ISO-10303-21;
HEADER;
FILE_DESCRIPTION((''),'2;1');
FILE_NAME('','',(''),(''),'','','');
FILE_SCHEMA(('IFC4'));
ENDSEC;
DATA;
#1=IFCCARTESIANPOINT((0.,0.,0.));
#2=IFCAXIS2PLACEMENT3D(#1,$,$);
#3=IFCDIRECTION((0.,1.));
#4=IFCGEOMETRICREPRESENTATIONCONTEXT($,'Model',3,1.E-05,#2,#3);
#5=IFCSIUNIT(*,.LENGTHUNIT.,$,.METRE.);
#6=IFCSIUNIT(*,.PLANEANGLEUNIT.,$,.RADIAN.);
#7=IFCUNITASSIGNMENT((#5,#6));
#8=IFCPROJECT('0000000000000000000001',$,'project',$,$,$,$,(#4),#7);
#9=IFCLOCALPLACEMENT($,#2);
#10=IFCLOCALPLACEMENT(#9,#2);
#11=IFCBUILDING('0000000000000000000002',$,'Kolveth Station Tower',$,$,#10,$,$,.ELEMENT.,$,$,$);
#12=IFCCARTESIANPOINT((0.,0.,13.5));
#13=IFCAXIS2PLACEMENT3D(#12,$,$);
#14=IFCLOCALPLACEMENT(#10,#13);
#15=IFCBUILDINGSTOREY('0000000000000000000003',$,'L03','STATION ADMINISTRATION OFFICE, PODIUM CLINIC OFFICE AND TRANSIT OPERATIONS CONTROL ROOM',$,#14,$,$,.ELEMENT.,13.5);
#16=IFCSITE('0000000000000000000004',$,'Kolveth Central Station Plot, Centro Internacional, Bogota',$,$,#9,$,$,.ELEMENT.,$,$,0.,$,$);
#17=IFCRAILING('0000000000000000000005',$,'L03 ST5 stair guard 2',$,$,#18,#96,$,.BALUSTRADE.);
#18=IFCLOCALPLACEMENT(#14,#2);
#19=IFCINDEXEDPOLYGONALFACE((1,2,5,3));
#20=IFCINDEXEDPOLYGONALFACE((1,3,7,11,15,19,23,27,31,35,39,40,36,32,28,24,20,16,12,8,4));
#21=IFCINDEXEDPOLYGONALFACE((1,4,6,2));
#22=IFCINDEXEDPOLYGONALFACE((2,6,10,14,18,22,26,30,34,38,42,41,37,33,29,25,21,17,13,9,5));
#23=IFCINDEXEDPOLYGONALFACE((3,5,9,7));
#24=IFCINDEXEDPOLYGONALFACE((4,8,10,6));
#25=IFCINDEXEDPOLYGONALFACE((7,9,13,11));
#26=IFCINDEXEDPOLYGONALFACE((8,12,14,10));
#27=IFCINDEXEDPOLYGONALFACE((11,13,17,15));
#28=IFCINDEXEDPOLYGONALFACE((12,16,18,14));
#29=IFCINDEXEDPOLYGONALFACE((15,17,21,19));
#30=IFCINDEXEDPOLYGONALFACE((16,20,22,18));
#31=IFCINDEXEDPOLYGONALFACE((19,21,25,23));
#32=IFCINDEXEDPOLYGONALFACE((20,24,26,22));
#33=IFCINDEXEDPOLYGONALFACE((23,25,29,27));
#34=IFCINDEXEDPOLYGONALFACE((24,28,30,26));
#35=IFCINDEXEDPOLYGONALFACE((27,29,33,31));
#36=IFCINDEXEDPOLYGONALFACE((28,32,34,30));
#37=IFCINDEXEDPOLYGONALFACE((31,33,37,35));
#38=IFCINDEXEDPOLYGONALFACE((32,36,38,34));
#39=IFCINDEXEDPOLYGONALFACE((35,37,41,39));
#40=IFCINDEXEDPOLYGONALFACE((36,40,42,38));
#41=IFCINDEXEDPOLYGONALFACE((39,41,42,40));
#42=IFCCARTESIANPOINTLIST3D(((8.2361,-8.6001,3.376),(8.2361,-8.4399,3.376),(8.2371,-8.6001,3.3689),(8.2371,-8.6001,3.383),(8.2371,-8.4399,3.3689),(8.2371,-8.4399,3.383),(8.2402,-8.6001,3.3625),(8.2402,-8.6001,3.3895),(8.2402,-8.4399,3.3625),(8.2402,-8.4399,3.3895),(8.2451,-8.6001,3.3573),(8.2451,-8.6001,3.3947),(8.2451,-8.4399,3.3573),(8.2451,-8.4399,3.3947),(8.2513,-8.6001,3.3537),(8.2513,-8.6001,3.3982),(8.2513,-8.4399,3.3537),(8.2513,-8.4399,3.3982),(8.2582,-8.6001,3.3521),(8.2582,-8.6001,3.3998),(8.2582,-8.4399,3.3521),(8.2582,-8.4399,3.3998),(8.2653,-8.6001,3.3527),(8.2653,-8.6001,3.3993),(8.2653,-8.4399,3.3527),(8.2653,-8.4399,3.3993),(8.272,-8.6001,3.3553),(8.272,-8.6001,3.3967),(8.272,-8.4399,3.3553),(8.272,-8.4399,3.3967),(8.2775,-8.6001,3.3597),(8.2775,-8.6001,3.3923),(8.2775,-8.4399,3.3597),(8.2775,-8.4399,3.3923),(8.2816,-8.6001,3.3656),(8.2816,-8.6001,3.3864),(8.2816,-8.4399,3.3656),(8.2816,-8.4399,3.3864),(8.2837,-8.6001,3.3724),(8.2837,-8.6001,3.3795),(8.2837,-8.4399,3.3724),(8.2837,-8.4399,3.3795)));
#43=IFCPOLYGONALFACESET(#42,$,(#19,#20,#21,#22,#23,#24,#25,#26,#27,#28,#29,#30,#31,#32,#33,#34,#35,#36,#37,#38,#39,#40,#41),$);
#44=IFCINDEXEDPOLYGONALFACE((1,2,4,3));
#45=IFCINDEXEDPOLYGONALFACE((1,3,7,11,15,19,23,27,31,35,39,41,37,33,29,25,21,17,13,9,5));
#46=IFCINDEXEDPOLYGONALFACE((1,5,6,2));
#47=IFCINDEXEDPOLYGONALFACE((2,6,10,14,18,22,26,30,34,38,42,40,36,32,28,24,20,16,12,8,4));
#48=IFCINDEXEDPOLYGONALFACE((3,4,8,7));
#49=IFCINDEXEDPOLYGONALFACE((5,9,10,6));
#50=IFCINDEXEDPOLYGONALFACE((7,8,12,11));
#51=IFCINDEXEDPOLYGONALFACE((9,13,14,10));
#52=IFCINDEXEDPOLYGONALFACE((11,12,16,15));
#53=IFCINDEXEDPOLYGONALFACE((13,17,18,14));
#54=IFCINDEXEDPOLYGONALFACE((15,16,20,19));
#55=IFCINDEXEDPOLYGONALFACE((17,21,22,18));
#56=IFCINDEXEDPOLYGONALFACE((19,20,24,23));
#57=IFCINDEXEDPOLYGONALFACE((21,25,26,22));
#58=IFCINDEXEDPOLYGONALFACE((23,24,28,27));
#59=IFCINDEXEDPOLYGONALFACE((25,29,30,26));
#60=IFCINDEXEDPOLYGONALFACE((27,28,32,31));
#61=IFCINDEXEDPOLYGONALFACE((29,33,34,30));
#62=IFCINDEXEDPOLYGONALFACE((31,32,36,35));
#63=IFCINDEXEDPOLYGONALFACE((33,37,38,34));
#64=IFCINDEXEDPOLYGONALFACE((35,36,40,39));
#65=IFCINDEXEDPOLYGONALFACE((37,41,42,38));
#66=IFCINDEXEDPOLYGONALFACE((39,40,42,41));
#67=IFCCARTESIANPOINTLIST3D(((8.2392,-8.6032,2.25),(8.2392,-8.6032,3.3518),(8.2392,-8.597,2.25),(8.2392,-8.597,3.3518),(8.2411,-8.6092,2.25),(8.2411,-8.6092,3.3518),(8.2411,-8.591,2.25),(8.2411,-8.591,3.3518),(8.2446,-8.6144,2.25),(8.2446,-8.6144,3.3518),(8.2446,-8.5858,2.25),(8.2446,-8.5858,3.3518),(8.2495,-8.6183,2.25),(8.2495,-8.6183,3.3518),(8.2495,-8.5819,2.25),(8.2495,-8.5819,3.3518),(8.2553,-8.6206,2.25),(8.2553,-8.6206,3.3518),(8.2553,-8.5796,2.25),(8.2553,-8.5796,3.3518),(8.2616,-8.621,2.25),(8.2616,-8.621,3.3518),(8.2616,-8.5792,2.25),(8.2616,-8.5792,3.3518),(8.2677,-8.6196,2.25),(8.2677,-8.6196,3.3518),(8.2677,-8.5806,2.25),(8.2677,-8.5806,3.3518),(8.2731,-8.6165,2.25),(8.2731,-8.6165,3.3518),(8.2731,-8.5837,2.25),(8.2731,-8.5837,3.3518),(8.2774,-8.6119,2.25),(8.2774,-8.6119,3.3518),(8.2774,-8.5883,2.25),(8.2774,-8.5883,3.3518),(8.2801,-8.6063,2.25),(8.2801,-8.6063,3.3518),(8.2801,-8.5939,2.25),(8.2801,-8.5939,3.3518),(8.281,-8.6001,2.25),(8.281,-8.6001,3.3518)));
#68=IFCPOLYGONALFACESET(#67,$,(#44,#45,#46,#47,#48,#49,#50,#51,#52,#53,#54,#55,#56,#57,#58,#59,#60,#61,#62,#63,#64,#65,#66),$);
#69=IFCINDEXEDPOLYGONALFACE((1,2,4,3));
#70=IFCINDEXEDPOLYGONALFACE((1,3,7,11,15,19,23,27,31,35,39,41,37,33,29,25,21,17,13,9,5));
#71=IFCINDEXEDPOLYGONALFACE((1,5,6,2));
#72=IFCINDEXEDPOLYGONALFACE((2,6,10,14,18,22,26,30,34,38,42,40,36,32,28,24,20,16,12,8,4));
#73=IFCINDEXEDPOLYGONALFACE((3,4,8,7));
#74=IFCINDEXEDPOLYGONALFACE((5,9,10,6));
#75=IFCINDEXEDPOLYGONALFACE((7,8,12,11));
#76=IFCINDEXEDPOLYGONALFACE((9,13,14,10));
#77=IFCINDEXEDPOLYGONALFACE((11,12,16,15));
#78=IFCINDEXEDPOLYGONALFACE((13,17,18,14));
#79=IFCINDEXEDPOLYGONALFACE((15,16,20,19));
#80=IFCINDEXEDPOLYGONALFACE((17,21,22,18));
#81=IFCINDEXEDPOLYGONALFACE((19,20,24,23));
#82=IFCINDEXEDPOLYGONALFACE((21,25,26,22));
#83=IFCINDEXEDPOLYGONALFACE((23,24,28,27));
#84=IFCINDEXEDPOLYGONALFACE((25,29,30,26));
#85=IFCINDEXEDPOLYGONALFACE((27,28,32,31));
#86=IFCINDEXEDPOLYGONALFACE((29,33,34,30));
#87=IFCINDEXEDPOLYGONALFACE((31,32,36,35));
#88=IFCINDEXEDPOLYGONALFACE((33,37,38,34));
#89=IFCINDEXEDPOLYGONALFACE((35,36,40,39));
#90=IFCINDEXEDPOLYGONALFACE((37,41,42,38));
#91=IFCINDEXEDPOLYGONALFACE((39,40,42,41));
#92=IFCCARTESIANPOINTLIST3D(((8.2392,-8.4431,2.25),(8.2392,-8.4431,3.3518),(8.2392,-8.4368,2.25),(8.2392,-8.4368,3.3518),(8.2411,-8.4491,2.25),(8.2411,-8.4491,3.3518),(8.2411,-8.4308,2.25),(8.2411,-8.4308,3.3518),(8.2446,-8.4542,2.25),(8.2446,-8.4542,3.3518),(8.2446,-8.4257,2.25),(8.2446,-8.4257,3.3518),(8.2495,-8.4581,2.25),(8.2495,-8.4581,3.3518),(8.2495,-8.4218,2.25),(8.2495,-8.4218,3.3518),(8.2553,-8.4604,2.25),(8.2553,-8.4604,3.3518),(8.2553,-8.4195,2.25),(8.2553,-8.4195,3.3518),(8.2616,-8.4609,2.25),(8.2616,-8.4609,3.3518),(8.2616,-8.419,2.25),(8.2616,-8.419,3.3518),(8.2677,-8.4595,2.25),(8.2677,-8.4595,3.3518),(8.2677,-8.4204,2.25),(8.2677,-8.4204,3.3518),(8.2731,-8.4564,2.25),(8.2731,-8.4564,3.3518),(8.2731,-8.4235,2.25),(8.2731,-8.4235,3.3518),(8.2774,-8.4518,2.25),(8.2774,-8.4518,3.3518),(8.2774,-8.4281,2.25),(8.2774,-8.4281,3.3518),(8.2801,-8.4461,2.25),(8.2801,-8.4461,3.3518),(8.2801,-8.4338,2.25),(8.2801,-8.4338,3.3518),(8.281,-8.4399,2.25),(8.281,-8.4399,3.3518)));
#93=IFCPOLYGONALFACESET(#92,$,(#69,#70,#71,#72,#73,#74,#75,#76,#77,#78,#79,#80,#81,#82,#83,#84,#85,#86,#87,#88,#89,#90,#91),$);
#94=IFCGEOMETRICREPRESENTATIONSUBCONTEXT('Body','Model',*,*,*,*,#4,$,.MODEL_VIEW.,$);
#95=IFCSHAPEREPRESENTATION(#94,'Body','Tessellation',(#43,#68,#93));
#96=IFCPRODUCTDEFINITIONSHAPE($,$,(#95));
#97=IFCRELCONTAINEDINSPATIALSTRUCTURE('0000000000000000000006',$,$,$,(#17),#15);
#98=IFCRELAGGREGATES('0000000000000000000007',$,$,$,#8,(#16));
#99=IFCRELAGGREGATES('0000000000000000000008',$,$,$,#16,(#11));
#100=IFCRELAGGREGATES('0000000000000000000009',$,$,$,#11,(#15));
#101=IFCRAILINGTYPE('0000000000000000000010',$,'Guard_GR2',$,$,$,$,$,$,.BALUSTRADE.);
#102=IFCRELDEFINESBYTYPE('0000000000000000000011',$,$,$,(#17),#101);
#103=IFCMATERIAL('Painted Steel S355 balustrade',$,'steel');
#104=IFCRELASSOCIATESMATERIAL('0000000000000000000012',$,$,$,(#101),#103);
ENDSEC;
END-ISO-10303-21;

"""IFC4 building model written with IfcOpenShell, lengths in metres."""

from ifc_helpers import new_model, si_unit, direction, frame, origin, origin_2d, place, context, subcontext, project, spatial, circle, extrude, material, type_object, element, save


model = new_model("IFC4")

# Units and contexts
model_context = context("Model", 3, precision=1e-05, world=origin(), true_north=direction((0.0, 1.0)))
body_context = subcontext(model_context, "Body", "Model", "MODEL_VIEW")
ifc_project = project(units=[si_unit("LENGTHUNIT", "METRE"), si_unit("PLANEANGLEUNIT", "RADIAN")], contexts=[model_context])

# Site, building, storey
site_placement = place(None, origin())
site = spatial("IfcSite", under=ifc_project, at=site_placement, Name="Kolveth Central Station Plot, Centro Internacional, Bogota", CompositionType="ELEMENT", RefElevation=0.0)
building_placement = place(site_placement, origin())
building = spatial("IfcBuilding", under=site, at=building_placement, Name="Kolveth Station Tower", CompositionType="ELEMENT")
storey_placement = place(building_placement, frame((0.0, 0.0, 13.5)))
storey = spatial("IfcBuildingStorey", under=building, at=storey_placement, Name="L03", Description="STATION ADMINISTRATION OFFICE, PODIUM CLINIC OFFICE AND TRANSIT OPERATIONS CONTROL ROOM", CompositionType="ELEMENT", Elevation=13.5)

# Railing
ifc_material_1 = material(Name="Painted Steel S355 balustrade", Category="steel")
railing_type_1 = type_object("IfcRailingType", Name="Guard_GR2", PredefinedType="BALUSTRADE", material=ifc_material_1)
railing_1_placement = place(storey_placement, frame((8.26, -8.6001, 2.25)))
element("IfcRailing", 1, at=railing_1_placement, inside=storey, type_object=railing_type_1, Name="L03 ST5 stair guard 2", PredefinedType="BALUSTRADE", context=body_context, shape_type="SweptSolid", body=[
    extrude(circle(Radius=0.0239, at=origin_2d()), frame((0.0, 0.0, 1.126), z_axis=(0.0, 1.0, 0.0), x_axis=(-1.0, 0.0, 0.0)), (0.0, 0.0, 1.0), 0.1602),
    extrude(circle(Radius=0.021, at=origin_2d()), origin(), (0.0, 0.0, 1.0), 1.1018),
    extrude(circle(Radius=0.021, at=origin_2d()), frame((0.0, 0.1602, 0.0)), (0.0, 0.0, 1.0), 1.1018),
])

save(model, "model.ifc")
